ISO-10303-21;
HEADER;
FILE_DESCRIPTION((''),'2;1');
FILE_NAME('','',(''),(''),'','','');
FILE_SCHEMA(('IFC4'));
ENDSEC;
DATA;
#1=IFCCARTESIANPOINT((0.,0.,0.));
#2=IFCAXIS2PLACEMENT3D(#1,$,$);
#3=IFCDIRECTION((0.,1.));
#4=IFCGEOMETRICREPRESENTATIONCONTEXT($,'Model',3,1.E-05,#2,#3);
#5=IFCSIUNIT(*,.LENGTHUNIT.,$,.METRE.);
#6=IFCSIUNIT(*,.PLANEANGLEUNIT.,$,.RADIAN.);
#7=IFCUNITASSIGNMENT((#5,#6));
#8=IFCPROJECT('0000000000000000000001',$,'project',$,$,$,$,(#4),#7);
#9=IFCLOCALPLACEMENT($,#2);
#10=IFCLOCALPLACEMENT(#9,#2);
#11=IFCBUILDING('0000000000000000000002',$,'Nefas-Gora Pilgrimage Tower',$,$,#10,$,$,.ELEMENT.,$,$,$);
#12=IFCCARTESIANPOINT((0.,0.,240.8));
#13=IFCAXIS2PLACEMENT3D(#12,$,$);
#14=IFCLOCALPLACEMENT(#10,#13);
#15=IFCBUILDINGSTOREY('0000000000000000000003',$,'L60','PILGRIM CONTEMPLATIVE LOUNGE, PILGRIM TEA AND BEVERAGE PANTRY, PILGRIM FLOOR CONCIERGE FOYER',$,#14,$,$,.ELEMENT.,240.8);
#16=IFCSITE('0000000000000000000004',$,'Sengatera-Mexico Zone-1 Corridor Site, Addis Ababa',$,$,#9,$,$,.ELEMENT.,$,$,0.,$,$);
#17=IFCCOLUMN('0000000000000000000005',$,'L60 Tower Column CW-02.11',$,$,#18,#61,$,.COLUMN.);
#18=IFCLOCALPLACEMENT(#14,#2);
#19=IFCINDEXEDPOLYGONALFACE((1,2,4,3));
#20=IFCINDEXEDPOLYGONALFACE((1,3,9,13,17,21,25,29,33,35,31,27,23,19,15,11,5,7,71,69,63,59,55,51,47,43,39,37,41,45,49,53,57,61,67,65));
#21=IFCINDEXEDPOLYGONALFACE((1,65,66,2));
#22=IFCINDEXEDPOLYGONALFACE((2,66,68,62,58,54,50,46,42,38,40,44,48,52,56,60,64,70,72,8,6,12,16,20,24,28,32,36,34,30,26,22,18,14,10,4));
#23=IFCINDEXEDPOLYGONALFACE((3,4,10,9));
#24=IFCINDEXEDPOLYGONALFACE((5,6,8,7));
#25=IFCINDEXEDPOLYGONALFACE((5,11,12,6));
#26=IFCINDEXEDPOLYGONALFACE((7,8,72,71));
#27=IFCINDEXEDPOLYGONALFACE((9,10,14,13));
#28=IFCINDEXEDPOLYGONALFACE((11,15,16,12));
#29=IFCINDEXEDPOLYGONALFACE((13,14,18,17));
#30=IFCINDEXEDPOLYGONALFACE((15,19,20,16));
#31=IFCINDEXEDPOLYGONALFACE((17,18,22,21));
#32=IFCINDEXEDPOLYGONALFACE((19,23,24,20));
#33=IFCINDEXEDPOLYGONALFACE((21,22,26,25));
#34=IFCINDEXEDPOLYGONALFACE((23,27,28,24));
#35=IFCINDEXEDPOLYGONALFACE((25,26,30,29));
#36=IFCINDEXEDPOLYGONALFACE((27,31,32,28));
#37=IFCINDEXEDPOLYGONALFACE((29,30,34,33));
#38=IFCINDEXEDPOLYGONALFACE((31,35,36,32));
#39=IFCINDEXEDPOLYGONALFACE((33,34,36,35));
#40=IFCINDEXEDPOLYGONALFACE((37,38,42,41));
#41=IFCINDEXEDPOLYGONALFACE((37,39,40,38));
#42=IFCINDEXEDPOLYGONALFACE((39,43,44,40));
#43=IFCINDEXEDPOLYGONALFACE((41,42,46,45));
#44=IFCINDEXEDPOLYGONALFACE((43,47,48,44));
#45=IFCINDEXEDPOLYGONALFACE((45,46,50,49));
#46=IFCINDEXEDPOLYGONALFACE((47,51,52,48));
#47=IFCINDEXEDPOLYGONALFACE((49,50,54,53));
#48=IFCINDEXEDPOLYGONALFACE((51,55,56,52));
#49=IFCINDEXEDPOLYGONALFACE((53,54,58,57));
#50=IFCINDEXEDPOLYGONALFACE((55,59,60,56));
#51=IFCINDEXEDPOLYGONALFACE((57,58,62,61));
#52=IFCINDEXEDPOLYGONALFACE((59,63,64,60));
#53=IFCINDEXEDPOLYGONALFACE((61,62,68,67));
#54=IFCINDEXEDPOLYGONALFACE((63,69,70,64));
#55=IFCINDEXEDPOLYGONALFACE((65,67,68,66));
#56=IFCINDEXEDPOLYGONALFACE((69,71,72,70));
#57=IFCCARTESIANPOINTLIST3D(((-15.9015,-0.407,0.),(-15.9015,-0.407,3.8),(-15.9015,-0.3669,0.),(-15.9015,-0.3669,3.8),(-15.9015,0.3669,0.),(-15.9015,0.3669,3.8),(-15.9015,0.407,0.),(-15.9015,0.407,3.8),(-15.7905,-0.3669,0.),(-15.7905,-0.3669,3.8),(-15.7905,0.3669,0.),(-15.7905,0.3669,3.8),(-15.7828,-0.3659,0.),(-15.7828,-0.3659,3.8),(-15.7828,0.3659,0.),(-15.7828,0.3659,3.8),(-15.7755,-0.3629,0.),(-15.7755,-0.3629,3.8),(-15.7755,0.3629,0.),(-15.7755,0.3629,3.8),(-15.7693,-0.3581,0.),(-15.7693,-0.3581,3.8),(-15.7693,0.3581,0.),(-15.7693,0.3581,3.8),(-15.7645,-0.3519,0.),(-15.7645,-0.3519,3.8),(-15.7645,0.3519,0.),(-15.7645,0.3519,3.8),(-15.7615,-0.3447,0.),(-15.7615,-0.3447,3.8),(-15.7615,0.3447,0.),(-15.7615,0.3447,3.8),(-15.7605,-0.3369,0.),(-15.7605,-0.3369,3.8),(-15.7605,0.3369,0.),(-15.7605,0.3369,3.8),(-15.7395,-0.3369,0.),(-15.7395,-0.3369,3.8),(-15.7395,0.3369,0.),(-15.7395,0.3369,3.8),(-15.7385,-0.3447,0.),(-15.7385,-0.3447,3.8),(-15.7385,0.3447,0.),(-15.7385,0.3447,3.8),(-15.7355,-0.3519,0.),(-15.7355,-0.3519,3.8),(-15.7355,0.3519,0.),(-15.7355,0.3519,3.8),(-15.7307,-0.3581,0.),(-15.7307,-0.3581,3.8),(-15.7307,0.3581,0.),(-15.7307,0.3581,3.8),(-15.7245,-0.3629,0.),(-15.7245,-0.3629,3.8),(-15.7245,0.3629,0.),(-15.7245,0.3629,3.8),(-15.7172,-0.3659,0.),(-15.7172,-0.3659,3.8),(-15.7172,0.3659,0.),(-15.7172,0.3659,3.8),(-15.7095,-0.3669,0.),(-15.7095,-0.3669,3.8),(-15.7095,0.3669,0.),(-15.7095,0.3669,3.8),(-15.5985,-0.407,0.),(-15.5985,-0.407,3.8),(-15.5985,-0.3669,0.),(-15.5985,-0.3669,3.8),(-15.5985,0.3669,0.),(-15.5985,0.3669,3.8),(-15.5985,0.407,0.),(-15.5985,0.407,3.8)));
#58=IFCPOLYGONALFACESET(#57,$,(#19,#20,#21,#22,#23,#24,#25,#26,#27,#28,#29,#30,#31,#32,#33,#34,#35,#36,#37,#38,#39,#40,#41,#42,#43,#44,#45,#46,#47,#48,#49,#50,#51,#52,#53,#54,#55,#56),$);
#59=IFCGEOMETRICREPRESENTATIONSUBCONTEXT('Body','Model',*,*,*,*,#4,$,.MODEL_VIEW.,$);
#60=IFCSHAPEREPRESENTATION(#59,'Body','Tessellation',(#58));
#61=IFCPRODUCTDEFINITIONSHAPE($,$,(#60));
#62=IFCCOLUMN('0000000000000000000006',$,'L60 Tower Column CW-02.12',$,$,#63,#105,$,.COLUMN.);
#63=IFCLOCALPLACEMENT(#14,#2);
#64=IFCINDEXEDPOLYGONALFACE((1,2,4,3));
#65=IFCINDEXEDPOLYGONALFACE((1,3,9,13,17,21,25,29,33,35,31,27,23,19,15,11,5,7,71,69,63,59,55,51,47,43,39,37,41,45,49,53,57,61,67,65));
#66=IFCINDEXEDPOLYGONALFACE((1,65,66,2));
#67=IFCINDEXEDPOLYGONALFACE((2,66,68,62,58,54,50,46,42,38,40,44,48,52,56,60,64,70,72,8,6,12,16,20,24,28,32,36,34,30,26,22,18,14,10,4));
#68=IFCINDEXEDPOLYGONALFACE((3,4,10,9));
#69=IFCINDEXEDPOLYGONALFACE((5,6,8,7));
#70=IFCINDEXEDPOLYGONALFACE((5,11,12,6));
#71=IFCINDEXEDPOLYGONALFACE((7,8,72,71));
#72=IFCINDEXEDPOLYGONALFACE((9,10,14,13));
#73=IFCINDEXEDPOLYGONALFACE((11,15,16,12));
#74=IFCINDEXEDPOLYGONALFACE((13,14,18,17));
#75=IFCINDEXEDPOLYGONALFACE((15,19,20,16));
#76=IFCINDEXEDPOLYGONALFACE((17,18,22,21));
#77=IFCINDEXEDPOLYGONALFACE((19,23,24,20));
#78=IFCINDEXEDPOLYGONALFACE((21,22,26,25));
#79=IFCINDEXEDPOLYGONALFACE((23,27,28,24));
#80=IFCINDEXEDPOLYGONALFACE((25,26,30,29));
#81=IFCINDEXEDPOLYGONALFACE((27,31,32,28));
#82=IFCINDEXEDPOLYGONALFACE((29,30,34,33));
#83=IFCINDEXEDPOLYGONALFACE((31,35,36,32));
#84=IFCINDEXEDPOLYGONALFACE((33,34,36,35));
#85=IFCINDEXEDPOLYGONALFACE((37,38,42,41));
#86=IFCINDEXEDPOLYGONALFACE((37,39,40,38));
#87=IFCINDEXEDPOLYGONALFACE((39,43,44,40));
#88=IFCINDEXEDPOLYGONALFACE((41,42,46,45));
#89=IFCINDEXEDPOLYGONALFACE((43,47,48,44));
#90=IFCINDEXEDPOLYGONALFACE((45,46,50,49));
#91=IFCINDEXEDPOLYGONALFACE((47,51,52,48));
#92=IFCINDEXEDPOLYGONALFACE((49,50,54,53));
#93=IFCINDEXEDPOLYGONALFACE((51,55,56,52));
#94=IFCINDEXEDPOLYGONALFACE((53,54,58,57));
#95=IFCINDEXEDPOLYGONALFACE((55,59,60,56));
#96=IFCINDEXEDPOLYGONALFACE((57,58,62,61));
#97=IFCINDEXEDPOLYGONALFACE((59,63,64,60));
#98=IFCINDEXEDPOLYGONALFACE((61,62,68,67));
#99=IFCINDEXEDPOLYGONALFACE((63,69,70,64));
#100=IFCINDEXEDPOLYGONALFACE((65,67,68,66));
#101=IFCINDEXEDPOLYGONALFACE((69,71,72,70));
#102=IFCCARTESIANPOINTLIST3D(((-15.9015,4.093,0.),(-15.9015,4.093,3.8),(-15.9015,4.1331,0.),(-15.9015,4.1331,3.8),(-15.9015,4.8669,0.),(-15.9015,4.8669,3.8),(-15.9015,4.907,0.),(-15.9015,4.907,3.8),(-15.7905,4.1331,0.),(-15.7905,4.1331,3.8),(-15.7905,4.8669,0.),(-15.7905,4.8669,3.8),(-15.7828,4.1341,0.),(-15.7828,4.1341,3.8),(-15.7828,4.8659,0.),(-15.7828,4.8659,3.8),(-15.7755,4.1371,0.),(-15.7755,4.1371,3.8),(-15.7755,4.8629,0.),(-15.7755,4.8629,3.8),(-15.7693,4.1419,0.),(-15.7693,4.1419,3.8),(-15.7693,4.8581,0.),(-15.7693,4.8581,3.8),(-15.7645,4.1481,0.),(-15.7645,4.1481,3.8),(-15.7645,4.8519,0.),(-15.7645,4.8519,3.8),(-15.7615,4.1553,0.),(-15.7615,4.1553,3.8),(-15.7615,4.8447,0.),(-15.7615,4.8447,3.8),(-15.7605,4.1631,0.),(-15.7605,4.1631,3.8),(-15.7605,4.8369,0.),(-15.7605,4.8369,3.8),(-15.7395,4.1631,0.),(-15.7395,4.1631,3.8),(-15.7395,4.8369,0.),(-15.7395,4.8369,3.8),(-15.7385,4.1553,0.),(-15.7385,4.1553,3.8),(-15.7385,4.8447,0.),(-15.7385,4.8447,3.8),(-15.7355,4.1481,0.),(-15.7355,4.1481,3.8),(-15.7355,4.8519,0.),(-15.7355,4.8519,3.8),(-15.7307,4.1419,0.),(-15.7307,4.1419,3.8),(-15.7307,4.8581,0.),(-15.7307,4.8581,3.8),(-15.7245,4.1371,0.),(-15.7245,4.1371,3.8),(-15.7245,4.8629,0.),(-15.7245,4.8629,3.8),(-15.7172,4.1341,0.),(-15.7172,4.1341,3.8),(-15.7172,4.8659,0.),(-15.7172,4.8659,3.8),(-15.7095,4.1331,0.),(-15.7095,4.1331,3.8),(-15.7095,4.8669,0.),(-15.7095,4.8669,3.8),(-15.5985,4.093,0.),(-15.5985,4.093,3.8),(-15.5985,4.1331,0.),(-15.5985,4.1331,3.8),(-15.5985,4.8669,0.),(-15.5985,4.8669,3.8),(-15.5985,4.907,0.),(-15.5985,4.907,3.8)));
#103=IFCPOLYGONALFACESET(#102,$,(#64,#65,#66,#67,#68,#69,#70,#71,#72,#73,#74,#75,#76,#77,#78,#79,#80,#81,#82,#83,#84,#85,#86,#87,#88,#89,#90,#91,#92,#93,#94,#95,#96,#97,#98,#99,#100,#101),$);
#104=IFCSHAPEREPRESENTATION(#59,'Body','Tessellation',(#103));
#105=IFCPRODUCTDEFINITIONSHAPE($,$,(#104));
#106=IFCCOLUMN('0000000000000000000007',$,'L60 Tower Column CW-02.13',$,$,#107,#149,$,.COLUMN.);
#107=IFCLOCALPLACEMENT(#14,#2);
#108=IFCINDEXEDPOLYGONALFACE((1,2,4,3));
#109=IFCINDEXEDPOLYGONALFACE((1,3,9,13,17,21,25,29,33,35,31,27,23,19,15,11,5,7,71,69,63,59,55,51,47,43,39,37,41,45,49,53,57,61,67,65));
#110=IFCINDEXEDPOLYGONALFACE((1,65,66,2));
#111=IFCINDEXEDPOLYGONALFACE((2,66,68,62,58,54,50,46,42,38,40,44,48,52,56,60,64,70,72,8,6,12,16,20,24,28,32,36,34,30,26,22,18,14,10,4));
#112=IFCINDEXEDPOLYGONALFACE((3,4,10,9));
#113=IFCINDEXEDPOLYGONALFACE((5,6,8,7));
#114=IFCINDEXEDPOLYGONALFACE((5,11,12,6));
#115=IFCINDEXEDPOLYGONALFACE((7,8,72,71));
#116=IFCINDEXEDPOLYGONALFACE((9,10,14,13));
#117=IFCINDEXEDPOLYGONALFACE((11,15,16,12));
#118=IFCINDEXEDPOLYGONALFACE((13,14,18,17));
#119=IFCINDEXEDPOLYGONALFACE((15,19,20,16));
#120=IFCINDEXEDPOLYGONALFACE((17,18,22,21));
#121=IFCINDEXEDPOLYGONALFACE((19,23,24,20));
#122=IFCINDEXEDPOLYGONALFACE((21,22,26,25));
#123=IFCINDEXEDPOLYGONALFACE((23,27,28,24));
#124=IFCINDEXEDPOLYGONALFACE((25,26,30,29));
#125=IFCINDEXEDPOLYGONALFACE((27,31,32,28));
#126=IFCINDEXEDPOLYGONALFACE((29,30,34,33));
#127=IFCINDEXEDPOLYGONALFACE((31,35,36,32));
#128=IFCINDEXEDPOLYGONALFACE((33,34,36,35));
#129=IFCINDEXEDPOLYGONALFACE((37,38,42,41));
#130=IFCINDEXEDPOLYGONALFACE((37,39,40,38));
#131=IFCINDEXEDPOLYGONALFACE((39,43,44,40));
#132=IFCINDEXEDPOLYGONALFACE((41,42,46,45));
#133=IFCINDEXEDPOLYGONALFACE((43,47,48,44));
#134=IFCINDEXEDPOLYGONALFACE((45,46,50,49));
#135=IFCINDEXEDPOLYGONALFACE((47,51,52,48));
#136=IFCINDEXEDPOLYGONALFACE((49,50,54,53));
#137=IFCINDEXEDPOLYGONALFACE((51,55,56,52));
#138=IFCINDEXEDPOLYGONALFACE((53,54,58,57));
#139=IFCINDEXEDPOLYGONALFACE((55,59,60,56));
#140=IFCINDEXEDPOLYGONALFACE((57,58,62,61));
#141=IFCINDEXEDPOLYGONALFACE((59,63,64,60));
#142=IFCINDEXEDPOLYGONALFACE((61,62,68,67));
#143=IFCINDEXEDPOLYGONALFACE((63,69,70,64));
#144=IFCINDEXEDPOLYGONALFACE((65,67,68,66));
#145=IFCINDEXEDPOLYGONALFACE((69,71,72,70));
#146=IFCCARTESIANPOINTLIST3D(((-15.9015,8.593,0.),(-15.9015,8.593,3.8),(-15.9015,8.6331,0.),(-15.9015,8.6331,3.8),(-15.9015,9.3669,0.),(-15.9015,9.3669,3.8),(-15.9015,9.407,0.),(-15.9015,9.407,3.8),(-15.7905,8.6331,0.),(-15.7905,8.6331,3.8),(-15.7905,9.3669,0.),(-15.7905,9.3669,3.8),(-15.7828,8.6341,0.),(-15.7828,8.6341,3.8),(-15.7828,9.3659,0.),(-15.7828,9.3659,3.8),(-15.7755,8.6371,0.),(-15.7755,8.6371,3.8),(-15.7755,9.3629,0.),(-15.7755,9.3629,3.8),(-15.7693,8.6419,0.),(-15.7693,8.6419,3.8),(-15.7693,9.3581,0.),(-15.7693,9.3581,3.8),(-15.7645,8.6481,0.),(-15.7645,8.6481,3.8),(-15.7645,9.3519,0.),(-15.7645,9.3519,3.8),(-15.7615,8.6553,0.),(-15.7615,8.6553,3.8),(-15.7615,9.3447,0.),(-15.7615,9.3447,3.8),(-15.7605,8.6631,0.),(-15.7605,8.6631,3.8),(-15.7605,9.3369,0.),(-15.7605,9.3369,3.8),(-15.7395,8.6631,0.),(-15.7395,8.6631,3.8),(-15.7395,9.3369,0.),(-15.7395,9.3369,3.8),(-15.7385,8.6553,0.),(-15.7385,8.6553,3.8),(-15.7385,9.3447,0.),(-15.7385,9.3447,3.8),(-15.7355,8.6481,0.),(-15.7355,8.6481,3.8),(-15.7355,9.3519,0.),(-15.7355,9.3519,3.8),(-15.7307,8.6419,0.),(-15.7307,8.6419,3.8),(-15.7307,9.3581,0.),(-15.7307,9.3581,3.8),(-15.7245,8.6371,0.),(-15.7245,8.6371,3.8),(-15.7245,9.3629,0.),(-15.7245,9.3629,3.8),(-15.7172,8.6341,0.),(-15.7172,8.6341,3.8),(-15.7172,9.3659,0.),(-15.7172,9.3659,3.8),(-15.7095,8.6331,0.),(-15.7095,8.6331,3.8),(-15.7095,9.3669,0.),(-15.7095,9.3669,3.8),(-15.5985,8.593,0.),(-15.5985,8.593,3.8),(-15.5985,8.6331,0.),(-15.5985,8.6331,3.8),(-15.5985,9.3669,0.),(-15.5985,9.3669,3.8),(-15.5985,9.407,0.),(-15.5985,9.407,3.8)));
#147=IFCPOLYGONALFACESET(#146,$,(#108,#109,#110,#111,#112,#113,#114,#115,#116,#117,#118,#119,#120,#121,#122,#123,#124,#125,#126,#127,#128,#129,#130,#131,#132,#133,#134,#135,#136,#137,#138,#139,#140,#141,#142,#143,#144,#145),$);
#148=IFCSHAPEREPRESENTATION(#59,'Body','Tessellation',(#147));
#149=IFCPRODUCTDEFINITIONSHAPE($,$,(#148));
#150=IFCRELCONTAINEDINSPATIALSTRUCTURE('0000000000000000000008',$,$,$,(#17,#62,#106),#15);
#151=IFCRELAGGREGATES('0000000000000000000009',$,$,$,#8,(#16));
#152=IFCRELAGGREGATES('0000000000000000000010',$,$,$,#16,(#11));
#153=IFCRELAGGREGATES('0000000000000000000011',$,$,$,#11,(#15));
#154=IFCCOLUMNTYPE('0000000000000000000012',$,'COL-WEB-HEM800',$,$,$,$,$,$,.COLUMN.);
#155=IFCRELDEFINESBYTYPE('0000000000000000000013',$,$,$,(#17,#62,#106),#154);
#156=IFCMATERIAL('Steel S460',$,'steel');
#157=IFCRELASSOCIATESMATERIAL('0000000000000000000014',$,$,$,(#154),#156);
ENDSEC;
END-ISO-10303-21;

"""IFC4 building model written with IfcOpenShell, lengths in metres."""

from ifc_helpers import new_model, si_unit, direction, frame, origin, origin_2d, place, context, subcontext, project, spatial, i_section, extrude, source, transform, mapped, material, material_profile, profile_set, type_object, element, save


model = new_model("IFC4")

# Units and contexts
model_context = context("Model", 3, precision=1e-05, world=origin(), true_north=direction((0.0, 1.0)))
body_context = subcontext(model_context, "Body", "Model", "MODEL_VIEW")
ifc_project = project(units=[si_unit("LENGTHUNIT", "METRE"), si_unit("PLANEANGLEUNIT", "RADIAN")], contexts=[model_context])

# Site, building, storey
site_placement = place(None, origin())
site = spatial("IfcSite", under=ifc_project, at=site_placement, Name="Sengatera-Mexico Zone-1 Corridor Site, Addis Ababa", CompositionType="ELEMENT", RefElevation=0.0)
building_placement = place(site_placement, origin())
building = spatial("IfcBuilding", under=site, at=building_placement, Name="Nefas-Gora Pilgrimage Tower", CompositionType="ELEMENT")
storey_placement = place(building_placement, frame((0.0, 0.0, 240.8)))
storey = spatial("IfcBuildingStorey", under=building, at=storey_placement, Name="L60", Description="PILGRIM CONTEMPLATIVE LOUNGE, PILGRIM TEA AND BEVERAGE PANTRY, PILGRIM FLOOR CONCIERGE FOYER", CompositionType="ELEMENT", Elevation=240.8)

# Columns
ifc_material_1 = material(Name="Steel S460", Category="steel")
ifc_material_profile_1 = material_profile(ifc_material_1, i_section(OverallWidth=0.303, OverallDepth=0.814, WebThickness=0.021, FlangeThickness=0.04, FilletRadius=0.03, at=origin_2d()), Name="HEM 800")
ifc_profile_set_1 = profile_set([ifc_material_profile_1], Name="Steel S460")
column_type_1 = type_object("IfcColumnType", Name="COL-WEB-HEM800", PredefinedType="COLUMN", material=ifc_profile_set_1)
shared_shape_1 = source(origin(), body_context, "Body", "SweptSolid", [
    extrude(i_section(OverallWidth=0.303, OverallDepth=0.814, WebThickness=0.021, FlangeThickness=0.04, FilletRadius=0.03, at=origin_2d()), origin(), (0.0, 0.0, 1.0), 3.8),
])
for number, where, z_axis, x_axis, name in (
    (1, (-15.75, 0.0, 0.0), (0.0, 0.0, 1.0), (1.0, 0.0, 0.0), "L60 Tower Column CW-02.11"),
    (2, (-15.75, 4.5, 0.0), (0.0, 0.0, 1.0), (1.0, 0.0, 0.0), "L60 Tower Column CW-02.12"),
    (3, (-15.75, 9.0, 0.0), (0.0, 0.0, 1.0), (1.0, 0.0, 0.0), "L60 Tower Column CW-02.13"),
):
    element("IfcColumn", number, at=place(storey_placement, frame(where, z_axis=z_axis, x_axis=x_axis)), inside=storey, type_object=column_type_1, Name=name, PredefinedType="COLUMN", context=body_context, shape_type="MappedRepresentation", body=[
        mapped(shared_shape_1, transform((0.0, 0.0, 0.0), x_axis=(1.0, 0.0, 0.0), y_axis=(0.0, 1.0, 0.0), z_axis=(0.0, 0.0, 1.0), scale=1.0)),
    ])

save(model, "model.ifc")
